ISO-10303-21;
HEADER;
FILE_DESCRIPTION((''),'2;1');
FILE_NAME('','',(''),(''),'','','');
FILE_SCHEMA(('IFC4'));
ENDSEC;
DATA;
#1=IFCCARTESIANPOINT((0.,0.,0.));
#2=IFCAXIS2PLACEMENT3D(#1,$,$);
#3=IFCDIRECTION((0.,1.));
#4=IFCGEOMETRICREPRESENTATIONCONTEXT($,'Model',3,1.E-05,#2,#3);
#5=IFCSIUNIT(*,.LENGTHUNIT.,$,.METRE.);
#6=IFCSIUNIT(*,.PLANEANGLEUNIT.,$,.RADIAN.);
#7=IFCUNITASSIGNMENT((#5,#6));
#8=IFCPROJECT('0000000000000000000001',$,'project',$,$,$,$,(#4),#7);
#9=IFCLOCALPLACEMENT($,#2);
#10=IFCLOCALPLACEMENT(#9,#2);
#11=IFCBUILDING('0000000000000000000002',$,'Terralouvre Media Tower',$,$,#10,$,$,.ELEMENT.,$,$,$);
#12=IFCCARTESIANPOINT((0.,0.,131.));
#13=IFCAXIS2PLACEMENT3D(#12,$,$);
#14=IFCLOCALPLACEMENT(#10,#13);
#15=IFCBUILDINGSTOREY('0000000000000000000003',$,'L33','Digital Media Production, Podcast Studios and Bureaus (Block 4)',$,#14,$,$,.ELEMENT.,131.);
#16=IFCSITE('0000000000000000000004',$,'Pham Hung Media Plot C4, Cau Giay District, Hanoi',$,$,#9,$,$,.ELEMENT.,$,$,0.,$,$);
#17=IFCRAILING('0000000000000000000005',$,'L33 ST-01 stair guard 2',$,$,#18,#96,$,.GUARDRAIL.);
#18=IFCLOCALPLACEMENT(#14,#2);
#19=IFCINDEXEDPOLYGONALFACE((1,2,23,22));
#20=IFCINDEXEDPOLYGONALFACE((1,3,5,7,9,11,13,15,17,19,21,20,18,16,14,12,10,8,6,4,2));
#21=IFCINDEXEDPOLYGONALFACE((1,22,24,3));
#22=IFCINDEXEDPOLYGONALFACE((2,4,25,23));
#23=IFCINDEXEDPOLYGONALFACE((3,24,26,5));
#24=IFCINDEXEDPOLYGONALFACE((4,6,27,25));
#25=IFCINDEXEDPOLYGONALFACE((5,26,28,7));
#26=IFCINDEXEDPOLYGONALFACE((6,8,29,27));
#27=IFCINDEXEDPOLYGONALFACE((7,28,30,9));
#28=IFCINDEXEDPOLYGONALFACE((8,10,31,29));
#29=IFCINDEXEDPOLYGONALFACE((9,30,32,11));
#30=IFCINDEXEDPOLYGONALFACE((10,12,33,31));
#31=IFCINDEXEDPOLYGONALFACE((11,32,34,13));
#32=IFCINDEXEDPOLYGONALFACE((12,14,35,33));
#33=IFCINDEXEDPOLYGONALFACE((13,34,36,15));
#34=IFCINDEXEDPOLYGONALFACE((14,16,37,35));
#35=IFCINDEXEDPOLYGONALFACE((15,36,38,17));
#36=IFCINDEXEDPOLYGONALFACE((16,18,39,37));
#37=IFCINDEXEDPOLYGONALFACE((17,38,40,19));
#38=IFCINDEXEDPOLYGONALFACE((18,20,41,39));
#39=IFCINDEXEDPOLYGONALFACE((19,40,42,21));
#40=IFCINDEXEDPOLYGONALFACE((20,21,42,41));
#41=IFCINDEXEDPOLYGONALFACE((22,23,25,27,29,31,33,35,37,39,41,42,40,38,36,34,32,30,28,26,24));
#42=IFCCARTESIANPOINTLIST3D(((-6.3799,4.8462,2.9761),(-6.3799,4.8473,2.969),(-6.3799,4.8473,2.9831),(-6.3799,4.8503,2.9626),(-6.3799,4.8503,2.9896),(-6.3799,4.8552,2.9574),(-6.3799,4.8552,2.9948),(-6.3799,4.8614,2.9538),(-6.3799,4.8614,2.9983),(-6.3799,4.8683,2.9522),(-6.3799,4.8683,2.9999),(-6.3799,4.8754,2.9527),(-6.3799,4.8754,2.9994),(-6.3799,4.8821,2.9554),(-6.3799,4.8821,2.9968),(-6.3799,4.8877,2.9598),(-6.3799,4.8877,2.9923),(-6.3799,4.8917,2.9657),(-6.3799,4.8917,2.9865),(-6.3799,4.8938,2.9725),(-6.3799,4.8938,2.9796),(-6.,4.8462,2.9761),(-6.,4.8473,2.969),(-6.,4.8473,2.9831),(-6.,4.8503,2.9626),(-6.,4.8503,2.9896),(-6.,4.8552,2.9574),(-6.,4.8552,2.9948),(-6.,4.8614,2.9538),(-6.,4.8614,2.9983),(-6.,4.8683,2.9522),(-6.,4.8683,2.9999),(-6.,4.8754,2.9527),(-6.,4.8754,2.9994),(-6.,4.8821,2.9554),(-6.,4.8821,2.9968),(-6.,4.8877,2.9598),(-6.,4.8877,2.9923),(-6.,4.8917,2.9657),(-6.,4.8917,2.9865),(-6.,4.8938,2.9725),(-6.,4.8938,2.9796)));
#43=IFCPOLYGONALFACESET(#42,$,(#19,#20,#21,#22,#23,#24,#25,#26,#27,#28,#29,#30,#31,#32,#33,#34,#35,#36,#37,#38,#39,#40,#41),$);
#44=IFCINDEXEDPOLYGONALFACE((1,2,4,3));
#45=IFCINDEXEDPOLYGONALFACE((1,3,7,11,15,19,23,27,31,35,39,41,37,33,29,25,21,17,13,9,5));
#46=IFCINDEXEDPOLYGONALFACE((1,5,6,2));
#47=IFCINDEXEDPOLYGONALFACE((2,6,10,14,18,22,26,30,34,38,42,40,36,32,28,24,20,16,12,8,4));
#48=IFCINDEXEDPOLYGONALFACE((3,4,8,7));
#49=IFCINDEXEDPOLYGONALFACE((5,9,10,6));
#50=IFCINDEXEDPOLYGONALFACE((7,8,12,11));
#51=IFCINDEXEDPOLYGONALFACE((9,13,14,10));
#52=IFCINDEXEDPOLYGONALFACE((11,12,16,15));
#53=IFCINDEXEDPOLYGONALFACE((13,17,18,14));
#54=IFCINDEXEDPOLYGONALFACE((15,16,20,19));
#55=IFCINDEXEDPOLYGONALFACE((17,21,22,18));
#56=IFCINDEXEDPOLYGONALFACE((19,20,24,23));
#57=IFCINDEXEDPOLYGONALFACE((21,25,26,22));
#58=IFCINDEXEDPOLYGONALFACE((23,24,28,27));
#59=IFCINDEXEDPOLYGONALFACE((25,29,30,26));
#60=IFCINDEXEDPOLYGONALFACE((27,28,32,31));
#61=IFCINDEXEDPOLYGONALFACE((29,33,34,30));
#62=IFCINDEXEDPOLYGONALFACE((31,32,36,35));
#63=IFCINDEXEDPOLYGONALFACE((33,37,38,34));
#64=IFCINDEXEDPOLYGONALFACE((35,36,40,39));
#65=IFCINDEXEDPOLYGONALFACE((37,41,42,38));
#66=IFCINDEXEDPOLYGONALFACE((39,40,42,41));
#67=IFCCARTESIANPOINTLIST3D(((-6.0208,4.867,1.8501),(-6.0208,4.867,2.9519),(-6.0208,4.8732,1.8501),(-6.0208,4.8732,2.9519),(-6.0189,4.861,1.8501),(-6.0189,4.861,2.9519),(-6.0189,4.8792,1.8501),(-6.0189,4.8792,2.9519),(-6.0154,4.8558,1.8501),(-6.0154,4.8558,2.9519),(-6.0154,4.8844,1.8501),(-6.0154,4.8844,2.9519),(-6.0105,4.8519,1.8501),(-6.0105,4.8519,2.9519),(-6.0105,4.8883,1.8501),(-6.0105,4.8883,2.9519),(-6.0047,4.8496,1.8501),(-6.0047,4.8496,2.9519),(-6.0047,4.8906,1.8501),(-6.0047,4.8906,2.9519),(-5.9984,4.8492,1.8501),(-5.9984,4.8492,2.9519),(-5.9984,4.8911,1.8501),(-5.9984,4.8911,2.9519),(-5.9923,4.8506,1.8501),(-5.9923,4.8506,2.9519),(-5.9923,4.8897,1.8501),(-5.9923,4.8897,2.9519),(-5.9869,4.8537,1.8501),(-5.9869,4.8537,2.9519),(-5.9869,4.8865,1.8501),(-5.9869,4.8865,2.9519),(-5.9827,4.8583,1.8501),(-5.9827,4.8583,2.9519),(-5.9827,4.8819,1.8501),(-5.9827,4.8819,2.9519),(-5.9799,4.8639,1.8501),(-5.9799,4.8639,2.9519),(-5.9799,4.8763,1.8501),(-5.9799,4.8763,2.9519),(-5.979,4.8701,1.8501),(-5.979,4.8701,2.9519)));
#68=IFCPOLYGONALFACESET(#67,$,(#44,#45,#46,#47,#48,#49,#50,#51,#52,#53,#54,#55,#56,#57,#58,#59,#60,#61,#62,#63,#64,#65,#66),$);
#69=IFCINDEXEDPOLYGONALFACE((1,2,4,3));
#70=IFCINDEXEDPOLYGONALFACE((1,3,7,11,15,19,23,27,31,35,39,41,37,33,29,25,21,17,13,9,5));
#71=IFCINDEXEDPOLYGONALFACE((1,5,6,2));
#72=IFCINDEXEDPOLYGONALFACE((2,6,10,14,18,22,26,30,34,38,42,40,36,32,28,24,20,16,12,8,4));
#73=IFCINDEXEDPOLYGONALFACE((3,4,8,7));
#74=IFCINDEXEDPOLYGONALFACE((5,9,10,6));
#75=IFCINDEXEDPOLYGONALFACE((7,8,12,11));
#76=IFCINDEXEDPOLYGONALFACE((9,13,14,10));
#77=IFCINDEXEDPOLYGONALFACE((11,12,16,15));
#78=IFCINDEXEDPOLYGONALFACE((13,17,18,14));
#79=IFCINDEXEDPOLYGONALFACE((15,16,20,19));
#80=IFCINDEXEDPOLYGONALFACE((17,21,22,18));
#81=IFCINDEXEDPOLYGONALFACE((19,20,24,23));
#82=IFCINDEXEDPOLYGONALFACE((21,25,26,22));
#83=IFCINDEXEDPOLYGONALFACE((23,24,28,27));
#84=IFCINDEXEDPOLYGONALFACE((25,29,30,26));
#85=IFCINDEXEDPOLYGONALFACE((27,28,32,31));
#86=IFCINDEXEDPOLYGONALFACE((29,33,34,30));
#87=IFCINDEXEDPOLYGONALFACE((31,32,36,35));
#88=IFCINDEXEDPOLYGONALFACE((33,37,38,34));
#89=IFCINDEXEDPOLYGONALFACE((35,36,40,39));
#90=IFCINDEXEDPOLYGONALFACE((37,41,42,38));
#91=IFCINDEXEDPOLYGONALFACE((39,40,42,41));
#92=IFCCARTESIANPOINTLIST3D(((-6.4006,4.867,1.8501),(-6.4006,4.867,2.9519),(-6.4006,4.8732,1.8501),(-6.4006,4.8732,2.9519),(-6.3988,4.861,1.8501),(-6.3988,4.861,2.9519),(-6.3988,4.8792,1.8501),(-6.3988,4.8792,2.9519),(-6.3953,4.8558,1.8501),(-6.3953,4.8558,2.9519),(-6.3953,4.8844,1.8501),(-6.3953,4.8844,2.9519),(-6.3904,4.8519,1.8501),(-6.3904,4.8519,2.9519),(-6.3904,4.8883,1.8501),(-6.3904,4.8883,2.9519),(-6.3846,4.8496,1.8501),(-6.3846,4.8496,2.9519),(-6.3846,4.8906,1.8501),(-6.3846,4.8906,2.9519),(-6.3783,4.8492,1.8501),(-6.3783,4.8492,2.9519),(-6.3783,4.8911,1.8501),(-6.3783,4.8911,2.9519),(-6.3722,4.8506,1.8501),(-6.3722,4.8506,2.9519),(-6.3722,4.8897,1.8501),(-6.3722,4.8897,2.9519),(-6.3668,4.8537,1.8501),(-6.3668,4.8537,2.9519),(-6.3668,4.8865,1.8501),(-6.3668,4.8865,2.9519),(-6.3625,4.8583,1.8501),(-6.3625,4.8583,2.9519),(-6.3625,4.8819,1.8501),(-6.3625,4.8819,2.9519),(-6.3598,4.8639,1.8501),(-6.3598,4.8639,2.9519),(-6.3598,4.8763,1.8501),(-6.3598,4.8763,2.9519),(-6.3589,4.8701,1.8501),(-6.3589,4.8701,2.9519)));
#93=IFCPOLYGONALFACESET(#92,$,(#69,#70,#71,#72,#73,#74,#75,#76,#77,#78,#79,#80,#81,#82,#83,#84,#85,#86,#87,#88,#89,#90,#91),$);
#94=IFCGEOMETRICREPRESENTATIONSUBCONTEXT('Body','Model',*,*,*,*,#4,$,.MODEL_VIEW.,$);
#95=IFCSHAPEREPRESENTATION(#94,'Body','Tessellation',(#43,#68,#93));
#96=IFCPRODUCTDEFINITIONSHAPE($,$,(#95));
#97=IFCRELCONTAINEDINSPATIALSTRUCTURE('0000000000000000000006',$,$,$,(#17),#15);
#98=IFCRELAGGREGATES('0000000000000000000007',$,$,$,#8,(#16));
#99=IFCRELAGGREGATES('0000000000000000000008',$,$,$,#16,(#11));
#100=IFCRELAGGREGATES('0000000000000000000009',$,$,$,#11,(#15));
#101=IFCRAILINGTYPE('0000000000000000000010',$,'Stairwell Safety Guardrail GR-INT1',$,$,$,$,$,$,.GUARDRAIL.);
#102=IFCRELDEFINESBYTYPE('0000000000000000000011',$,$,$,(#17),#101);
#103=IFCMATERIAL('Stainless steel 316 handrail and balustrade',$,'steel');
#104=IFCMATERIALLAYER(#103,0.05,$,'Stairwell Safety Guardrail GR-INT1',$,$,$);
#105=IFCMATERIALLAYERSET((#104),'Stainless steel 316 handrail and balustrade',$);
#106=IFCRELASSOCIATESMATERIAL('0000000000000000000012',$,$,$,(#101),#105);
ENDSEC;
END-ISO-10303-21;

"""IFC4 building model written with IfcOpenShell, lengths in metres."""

from ifc_helpers import new_model, si_unit, direction, frame, origin, origin_2d, place, context, subcontext, project, spatial, circle, extrude, material, layer, layer_set, type_object, element, save


model = new_model("IFC4")

# Units and contexts
model_context = context("Model", 3, precision=1e-05, world=origin(), true_north=direction((0.0, 1.0)))
body_context = subcontext(model_context, "Body", "Model", "MODEL_VIEW")
ifc_project = project(units=[si_unit("LENGTHUNIT", "METRE"), si_unit("PLANEANGLEUNIT", "RADIAN")], contexts=[model_context])

# Site, building, storey
site_placement = place(None, origin())
site = spatial("IfcSite", under=ifc_project, at=site_placement, Name="Pham Hung Media Plot C4, Cau Giay District, Hanoi", CompositionType="ELEMENT", RefElevation=0.0)
building_placement = place(site_placement, origin())
building = spatial("IfcBuilding", under=site, at=building_placement, Name="Terralouvre Media Tower", CompositionType="ELEMENT")
storey_placement = place(building_placement, frame((0.0, 0.0, 131.0)))
storey = spatial("IfcBuildingStorey", under=building, at=storey_placement, Name="L33", Description="Digital Media Production, Podcast Studios and Bureaus (Block 4)", CompositionType="ELEMENT", Elevation=131.0)

# Railing
ifc_material_1 = material(Name="Stainless steel 316 handrail and balustrade", Category="steel")
ifc_layer_1 = layer(ifc_material_1, 0.05, Name="Stairwell Safety Guardrail GR-INT1")
ifc_layer_set_1 = layer_set([ifc_layer_1], Name="Stainless steel 316 handrail and balustrade")
railing_type_1 = type_object("IfcRailingType", Name="Stairwell Safety Guardrail GR-INT1", PredefinedType="GUARDRAIL", material=ifc_layer_set_1)
railing_1_placement = place(storey_placement, frame((-6.0, 4.8701, 1.8501)))
element("IfcRailing", 1, at=railing_1_placement, inside=storey, type_object=railing_type_1, Name="L33 ST-01 stair guard 2", PredefinedType="GUARDRAIL", context=body_context, shape_type="SweptSolid", body=[
    extrude(circle(Radius=0.0239, at=origin_2d()), frame((0.0, 0.0, 1.126), z_axis=(-1.0, 0.0, 0.0), x_axis=(0.0, -1.0, 0.0)), (0.0, 0.0, 1.0), 0.3799),
    extrude(circle(Radius=0.021, at=origin_2d()), origin(), (0.0, 0.0, 1.0), 1.1018),
    extrude(circle(Radius=0.021, at=origin_2d()), frame((-0.3799, 0.0, 0.0)), (0.0, 0.0, 1.0), 1.1018),
])

save(model, "model.ifc")
